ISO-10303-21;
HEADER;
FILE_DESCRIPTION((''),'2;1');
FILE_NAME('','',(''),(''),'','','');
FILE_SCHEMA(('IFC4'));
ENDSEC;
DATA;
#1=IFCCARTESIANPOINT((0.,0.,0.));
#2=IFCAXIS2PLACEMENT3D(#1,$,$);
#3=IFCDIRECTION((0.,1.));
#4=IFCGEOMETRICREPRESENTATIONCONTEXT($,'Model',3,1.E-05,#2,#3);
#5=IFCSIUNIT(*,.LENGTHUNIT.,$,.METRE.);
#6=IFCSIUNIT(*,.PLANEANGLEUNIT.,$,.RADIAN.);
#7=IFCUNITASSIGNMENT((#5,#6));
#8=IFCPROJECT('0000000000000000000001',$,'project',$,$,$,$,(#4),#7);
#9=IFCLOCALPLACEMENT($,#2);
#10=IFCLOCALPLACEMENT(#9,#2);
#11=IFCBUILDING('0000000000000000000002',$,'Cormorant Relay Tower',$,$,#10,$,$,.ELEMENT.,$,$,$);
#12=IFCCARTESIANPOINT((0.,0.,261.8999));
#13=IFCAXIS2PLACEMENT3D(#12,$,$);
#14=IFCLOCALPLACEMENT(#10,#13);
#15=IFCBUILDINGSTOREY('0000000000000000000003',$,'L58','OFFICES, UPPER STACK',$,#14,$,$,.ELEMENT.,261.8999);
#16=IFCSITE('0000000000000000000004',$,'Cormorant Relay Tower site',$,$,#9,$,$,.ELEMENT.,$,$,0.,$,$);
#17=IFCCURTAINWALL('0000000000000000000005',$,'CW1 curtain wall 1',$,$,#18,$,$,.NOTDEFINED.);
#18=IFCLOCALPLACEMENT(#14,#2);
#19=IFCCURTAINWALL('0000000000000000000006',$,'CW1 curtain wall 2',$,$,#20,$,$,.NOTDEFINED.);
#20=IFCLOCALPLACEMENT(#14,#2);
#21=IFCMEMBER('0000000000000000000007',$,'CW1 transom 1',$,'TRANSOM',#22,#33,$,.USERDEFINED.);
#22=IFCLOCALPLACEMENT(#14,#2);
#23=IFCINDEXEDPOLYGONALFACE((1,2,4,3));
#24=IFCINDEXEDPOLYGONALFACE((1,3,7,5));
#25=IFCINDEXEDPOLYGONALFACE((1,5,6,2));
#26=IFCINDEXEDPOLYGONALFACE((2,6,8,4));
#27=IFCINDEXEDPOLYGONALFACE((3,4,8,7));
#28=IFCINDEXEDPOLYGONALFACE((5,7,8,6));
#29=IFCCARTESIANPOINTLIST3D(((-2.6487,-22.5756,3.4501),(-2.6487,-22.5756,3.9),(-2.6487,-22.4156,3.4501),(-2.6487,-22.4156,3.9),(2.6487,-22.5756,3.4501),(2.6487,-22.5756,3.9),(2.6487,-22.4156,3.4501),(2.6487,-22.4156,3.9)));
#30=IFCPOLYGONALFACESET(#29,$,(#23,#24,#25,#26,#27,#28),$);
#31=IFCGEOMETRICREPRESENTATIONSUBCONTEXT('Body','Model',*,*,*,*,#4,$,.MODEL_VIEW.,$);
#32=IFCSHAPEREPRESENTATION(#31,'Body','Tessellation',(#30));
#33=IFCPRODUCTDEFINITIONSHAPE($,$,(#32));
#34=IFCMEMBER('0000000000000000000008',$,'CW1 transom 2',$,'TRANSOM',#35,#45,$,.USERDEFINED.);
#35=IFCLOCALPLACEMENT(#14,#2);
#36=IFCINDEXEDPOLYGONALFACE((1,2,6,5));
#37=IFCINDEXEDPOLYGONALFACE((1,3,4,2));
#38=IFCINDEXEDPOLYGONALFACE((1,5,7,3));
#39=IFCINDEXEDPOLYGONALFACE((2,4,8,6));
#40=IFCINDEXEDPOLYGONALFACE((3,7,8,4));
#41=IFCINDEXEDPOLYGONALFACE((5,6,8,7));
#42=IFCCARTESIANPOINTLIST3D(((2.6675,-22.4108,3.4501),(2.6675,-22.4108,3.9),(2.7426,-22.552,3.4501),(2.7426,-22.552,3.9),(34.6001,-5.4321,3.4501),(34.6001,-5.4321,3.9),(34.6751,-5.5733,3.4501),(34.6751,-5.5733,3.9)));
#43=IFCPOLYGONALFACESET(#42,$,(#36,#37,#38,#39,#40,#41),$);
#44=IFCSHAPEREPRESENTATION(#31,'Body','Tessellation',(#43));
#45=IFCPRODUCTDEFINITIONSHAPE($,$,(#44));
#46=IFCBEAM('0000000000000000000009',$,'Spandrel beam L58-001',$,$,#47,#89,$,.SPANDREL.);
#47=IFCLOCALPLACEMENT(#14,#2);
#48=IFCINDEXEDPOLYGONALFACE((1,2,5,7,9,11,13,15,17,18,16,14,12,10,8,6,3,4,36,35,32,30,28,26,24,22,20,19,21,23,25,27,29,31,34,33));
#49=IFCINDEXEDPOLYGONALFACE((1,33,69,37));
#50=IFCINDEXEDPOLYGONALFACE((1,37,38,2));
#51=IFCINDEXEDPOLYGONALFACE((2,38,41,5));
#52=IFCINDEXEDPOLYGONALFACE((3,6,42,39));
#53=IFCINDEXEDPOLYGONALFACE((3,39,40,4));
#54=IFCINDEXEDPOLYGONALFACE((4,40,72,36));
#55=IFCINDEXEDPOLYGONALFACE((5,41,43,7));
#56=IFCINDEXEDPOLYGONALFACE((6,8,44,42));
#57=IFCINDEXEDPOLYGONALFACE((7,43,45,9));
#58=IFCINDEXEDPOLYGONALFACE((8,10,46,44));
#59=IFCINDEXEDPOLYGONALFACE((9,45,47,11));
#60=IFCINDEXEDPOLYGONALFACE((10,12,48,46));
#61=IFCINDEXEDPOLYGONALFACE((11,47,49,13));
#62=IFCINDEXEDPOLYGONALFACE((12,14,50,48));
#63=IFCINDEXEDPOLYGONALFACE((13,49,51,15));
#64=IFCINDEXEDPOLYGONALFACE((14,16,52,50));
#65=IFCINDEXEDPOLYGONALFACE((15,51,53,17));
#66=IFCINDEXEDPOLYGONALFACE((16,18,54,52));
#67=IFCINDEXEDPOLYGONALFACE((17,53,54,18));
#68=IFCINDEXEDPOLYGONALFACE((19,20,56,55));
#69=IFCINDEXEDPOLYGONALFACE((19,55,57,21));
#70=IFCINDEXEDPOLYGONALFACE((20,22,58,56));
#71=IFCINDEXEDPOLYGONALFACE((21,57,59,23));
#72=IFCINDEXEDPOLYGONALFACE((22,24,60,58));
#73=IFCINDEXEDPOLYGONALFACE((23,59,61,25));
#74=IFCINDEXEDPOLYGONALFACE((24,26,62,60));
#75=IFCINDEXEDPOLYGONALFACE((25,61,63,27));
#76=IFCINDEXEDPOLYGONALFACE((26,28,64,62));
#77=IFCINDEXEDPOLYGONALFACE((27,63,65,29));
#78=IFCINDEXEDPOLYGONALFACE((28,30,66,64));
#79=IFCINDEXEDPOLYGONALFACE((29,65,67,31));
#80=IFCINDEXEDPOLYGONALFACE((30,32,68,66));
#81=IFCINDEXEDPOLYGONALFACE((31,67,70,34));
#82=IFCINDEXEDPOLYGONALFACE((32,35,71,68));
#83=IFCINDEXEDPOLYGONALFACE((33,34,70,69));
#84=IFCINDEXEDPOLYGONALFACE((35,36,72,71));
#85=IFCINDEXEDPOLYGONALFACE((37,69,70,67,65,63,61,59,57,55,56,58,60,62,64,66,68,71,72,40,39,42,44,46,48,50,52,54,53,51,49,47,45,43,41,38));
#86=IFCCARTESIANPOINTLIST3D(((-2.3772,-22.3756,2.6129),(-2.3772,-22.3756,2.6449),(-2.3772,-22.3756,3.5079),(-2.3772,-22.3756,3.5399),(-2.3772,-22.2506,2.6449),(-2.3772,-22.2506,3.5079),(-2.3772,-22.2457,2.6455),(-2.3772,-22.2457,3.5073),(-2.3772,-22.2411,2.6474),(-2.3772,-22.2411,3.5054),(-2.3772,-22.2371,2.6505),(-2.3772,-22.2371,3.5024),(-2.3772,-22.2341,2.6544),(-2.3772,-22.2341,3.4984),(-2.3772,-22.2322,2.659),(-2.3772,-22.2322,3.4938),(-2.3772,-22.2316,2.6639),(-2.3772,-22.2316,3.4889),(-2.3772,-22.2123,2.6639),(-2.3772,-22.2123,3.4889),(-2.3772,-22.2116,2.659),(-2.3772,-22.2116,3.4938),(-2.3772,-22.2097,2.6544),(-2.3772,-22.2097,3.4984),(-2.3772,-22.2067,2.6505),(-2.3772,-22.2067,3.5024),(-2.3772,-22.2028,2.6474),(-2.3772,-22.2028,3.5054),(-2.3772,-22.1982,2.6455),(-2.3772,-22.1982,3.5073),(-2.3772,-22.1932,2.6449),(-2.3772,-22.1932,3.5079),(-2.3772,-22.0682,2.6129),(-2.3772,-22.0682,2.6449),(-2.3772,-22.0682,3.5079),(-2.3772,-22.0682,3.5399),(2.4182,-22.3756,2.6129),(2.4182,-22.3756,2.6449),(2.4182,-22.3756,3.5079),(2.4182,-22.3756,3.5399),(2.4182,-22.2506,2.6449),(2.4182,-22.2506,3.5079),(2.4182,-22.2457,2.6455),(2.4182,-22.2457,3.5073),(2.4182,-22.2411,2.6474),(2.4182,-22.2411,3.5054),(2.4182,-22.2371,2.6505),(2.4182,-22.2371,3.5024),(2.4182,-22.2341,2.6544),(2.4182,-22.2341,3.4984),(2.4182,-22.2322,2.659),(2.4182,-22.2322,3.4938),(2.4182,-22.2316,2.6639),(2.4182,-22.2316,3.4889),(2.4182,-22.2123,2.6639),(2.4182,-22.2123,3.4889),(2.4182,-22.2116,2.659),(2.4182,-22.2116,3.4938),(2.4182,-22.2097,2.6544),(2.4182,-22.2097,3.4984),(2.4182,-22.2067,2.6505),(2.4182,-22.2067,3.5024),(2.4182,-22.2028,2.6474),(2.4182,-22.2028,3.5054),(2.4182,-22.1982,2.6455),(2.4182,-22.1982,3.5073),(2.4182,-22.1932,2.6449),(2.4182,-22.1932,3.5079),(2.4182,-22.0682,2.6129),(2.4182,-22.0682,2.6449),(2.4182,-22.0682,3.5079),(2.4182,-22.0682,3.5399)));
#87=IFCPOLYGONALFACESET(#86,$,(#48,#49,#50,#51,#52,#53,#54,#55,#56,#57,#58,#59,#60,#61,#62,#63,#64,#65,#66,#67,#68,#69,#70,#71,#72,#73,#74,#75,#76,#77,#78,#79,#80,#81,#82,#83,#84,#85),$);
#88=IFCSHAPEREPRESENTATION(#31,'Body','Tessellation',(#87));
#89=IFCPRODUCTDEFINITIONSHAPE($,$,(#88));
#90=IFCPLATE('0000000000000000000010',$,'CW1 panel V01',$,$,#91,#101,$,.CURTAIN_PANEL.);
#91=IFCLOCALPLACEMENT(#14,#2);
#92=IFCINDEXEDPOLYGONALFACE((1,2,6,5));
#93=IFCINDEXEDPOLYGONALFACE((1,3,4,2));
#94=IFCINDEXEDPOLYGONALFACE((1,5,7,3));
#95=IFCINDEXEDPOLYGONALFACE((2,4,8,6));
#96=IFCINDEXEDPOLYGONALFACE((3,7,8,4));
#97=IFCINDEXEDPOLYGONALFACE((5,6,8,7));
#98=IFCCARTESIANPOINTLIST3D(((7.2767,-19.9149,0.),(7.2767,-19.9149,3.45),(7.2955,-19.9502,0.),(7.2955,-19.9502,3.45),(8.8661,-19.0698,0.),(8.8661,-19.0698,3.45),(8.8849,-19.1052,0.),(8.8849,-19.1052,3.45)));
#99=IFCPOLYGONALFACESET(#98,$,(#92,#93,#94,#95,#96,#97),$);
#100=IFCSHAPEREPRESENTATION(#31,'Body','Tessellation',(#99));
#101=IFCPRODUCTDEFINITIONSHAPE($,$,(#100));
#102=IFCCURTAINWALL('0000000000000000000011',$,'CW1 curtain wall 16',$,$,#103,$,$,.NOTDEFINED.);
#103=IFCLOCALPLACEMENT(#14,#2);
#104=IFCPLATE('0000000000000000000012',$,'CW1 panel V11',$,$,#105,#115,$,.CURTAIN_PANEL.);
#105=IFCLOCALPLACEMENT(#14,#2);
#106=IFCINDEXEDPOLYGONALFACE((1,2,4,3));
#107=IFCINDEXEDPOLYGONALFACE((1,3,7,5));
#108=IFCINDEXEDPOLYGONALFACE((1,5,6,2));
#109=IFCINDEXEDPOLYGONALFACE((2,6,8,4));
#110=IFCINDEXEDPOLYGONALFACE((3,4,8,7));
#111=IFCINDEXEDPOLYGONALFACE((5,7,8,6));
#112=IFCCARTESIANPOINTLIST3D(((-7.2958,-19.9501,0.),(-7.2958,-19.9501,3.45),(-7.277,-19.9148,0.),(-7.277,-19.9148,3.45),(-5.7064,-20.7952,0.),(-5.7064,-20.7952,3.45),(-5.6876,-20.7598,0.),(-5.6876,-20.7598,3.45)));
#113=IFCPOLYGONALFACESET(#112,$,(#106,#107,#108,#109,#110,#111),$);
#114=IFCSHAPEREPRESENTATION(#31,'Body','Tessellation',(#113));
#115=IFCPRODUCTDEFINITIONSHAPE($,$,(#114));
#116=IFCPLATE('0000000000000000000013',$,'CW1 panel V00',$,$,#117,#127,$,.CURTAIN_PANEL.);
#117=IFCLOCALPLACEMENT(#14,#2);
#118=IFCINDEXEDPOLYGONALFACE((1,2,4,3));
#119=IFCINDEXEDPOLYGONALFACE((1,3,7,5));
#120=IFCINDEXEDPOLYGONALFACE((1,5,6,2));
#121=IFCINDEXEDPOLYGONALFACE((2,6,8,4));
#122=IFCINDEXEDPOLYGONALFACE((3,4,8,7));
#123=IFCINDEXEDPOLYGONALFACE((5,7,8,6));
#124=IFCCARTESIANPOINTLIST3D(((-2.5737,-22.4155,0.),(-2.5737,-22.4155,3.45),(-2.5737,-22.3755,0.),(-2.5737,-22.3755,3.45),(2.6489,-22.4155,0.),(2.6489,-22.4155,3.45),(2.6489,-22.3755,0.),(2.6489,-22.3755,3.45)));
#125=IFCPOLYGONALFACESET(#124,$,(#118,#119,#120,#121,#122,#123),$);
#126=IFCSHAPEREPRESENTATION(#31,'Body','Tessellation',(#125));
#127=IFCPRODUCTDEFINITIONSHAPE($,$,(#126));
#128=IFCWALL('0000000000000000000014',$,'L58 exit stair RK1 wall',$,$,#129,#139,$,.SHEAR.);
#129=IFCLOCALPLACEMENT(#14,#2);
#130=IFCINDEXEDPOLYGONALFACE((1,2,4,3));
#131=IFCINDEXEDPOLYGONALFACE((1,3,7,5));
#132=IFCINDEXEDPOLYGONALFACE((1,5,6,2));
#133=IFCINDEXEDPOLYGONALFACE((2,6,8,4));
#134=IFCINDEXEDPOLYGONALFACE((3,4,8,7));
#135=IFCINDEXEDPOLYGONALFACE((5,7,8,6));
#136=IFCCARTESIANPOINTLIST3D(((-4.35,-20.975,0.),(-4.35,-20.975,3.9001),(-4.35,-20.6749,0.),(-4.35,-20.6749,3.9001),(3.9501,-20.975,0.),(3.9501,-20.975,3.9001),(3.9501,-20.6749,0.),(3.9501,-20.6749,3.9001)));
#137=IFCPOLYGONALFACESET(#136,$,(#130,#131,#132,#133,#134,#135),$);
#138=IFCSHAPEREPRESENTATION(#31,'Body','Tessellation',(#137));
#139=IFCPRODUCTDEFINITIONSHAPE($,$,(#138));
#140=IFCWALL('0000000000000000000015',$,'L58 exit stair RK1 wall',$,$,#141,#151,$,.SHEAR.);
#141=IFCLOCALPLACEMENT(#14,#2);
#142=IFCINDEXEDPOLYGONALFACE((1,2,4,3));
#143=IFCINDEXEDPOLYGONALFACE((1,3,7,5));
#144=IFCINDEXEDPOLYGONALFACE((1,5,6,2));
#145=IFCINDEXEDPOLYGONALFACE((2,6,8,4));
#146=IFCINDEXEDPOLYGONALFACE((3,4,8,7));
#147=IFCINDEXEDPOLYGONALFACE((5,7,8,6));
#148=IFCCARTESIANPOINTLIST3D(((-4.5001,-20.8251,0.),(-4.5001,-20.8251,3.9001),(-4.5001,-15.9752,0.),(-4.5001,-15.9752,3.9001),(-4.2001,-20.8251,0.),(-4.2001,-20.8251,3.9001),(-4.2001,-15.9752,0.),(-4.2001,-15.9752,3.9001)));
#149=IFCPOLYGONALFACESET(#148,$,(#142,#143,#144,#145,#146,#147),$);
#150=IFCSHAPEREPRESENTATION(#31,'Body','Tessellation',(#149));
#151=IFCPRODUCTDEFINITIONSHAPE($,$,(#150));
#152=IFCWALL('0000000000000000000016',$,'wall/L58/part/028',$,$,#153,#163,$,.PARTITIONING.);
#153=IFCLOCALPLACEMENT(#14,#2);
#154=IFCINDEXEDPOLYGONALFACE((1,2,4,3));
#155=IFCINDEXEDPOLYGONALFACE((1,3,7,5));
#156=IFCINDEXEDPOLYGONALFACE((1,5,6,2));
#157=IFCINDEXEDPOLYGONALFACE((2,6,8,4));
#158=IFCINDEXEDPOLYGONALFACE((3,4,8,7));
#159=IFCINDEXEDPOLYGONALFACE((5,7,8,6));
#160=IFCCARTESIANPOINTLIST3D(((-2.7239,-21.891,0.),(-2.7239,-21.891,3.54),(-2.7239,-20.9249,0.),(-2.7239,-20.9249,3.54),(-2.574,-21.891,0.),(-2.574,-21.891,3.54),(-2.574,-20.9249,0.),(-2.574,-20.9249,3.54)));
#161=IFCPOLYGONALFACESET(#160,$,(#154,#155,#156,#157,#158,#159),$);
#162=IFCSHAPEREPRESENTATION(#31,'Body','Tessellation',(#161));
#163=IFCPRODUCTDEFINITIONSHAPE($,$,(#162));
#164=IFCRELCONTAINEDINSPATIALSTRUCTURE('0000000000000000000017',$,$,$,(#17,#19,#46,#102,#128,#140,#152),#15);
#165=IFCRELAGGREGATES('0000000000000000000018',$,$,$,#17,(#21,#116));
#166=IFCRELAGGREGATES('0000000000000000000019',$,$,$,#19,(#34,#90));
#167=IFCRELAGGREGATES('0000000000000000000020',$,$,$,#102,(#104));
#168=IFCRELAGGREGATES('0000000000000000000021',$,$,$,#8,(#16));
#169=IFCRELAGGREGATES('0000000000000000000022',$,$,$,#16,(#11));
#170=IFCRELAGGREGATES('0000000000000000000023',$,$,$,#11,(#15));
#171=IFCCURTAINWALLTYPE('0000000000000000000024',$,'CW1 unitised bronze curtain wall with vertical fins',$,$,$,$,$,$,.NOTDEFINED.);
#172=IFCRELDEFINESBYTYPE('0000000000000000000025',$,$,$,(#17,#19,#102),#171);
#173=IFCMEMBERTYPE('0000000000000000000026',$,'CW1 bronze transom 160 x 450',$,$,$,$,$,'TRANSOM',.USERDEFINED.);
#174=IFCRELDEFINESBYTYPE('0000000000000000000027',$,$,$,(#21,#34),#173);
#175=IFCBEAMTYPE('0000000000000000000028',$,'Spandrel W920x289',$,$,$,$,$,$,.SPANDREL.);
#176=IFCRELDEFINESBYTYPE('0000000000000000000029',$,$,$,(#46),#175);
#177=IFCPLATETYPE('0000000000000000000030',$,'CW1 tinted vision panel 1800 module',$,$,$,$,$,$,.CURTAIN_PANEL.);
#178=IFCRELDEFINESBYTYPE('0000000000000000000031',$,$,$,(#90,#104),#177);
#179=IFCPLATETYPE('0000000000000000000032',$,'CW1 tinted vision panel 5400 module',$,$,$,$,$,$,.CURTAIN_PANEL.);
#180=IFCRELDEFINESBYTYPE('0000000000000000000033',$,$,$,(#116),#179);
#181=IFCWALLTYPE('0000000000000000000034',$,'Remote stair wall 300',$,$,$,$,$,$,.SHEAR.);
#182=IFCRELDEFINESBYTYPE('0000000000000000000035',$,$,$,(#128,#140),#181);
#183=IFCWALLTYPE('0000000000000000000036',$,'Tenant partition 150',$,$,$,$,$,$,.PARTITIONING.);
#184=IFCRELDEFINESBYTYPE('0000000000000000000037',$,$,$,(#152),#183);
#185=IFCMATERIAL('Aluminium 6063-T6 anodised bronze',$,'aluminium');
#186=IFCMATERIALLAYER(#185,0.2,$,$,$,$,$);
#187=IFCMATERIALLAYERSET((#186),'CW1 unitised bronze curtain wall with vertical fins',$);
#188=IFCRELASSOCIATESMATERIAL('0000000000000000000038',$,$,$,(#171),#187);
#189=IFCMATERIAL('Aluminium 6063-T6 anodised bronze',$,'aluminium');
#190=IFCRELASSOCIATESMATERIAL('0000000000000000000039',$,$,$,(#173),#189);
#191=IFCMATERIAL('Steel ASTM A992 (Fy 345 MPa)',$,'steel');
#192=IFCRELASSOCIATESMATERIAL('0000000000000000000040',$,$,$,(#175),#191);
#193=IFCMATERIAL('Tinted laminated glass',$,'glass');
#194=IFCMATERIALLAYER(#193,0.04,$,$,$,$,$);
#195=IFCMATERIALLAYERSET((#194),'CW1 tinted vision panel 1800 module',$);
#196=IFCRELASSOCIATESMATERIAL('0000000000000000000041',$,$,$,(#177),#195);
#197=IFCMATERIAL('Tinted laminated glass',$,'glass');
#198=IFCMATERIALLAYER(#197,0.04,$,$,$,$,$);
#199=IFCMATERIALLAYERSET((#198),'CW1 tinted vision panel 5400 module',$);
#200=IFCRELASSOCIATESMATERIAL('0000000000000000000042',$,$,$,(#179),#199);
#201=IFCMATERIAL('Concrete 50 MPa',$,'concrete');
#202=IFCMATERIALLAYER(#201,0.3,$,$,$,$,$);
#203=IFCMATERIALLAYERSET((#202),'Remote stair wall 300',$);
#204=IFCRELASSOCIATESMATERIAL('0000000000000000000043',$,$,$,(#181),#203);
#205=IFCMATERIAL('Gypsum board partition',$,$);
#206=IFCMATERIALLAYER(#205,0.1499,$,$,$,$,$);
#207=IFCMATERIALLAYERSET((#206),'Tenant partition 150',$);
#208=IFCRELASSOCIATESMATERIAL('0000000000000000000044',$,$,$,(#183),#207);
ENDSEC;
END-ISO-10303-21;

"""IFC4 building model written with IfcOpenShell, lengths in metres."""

from ifc_helpers import new_model, si_unit, direction, frame, frame_2d, origin, origin_2d, place, context, subcontext, project, spatial, rectangle, i_section, extrude, material, layer, layer_set, material_profile, profile_set, type_object, element, aggregate, save


model = new_model("IFC4")

# Units and contexts
model_context = context("Model", 3, precision=1e-05, world=origin(), true_north=direction((0.0, 1.0)))
body_context = subcontext(model_context, "Body", "Model", "MODEL_VIEW")
ifc_project = project(units=[si_unit("LENGTHUNIT", "METRE"), si_unit("PLANEANGLEUNIT", "RADIAN")], contexts=[model_context])

# Site, building, storey
site_placement = place(None, origin())
site = spatial("IfcSite", under=ifc_project, at=site_placement, Name="Cormorant Relay Tower site", CompositionType="ELEMENT", RefElevation=0.0)
building_placement = place(site_placement, origin())
building = spatial("IfcBuilding", under=site, at=building_placement, Name="Cormorant Relay Tower", CompositionType="ELEMENT")
storey_placement = place(building_placement, frame((0.0, 0.0, 261.8999)))
storey = spatial("IfcBuildingStorey", under=building, at=storey_placement, Name="L58", Description="OFFICES, UPPER STACK", CompositionType="ELEMENT", Elevation=261.8999)

# Curtain wall
ifc_material_1 = material(Name="Aluminium 6063-T6 anodised bronze", Category="aluminium")
ifc_layer_1 = layer(ifc_material_1, 0.2)
ifc_layer_set_1 = layer_set([ifc_layer_1], Name="CW1 unitised bronze curtain wall with vertical fins")
curtain_wall_type = type_object("IfcCurtainWallType", Name="CW1 unitised bronze curtain wall with vertical fins", PredefinedType="NOTDEFINED", material=ifc_layer_set_1)
curtain_wall_1_placement = place(storey_placement, origin())
curtain_wall_1 = element("IfcCurtainWall", 1, at=curtain_wall_1_placement, inside=storey, type_object=curtain_wall_type, Name="CW1 curtain wall 1", PredefinedType="NOTDEFINED")

# Curtain wall
curtain_wall_2_placement = place(storey_placement, origin())
curtain_wall_2 = element("IfcCurtainWall", 2, at=curtain_wall_2_placement, inside=storey, type_object=curtain_wall_type, Name="CW1 curtain wall 2", PredefinedType="NOTDEFINED")

# Members
ifc_material_2 = material(Name="Aluminium 6063-T6 anodised bronze", Category="aluminium")
ifc_material_profile_1 = material_profile(ifc_material_2, rectangle(XDim=0.1599, YDim=0.45, at=origin_2d()), Name="AL 160x450")
ifc_profile_set_1 = profile_set([ifc_material_profile_1], Name="Aluminium 6063-T6 anodised bronze")
member_type_1 = type_object("IfcMemberType", Name="CW1 bronze transom 160 x 450", ElementType="TRANSOM", PredefinedType="USERDEFINED", material=ifc_profile_set_1)
member_1_placement = place(storey_placement, frame((-2.6487, -22.4956, 3.675), z_axis=(1.0, 0.0, 0.0), x_axis=(0.0, 1.0, 0.0)))
member_1 = element("IfcMember", 3, at=member_1_placement, type_object=member_type_1, Name="CW1 transom 1", ObjectType="TRANSOM", PredefinedType="USERDEFINED", context=body_context, shape_type="SweptSolid", body=[
    extrude(rectangle(XDim=0.1599, YDim=0.45, at=origin_2d()), origin(), (0.0, 0.0, 1.0), 5.2974),
])
member_2_placement = place(storey_placement, frame((2.7051, -22.4814, 3.675), z_axis=(0.882949, 0.469469, 0.0), x_axis=(-0.469469, 0.882949, 0.0)))
member_2 = element("IfcMember", 4, at=member_2_placement, type_object=member_type_1, Name="CW1 transom 2", ObjectType="TRANSOM", PredefinedType="USERDEFINED", context=body_context, shape_type="SweptSolid", body=[
    extrude(rectangle(XDim=0.1599, YDim=0.45, at=origin_2d()), origin(), (0.0, 0.0, 1.0), 36.1658),
])

# Beam
ifc_material_3 = material(Name="Steel ASTM A992 (Fy 345 MPa)", Category="steel")
ifc_material_profile_2 = material_profile(ifc_material_3, i_section(OverallWidth=0.3074, OverallDepth=0.927, WebThickness=0.0193, FlangeThickness=0.032, FilletRadius=0.019, at=origin_2d()), Name="W920x289")
ifc_profile_set_2 = profile_set([ifc_material_profile_2], Name="Steel ASTM A992 (Fy 345 MPa)")
beam_type = type_object("IfcBeamType", Name="Spandrel W920x289", PredefinedType="SPANDREL", material=ifc_profile_set_2)
beam_placement = place(storey_placement, frame((-2.3772, -22.2219, 3.0764), z_axis=(1.0, 0.0, 0.0), x_axis=(0.0, 1.0, 0.0)))
element("IfcBeam", 5, at=beam_placement, inside=storey, type_object=beam_type, Name="Spandrel beam L58-001", PredefinedType="SPANDREL", context=body_context, shape_type="SweptSolid", body=[
    extrude(i_section(OverallWidth=0.3074, OverallDepth=0.927, WebThickness=0.0193, FlangeThickness=0.032, FilletRadius=0.019, at=origin_2d()), origin(), (0.0, 0.0, 1.0), 4.7954),
])

# Plate
ifc_material_4 = material(Name="Tinted laminated glass", Category="glass")
ifc_layer_2 = layer(ifc_material_4, 0.04)
ifc_layer_set_2 = layer_set([ifc_layer_2], Name="CW1 tinted vision panel 1800 module")
plate_type_1 = type_object("IfcPlateType", Name="CW1 tinted vision panel 1800 module", PredefinedType="CURTAIN_PANEL", material=ifc_layer_set_2)
plate_1_placement = place(storey_placement, frame((8.0808, -19.51, 0.0), z_axis=(0.0, 0.0, 1.0), x_axis=(0.882948, 0.469472, 0.0)))
plate_1 = element("IfcPlate", 6, at=plate_1_placement, type_object=plate_type_1, Name="CW1 panel V01", PredefinedType="CURTAIN_PANEL", context=body_context, shape_type="SweptSolid", body=[
    extrude(rectangle(XDim=1.8, YDim=0.04, at=origin_2d()), origin(), (0.0, 0.0, 1.0), 3.45),
])

# Curtain wall, plate
curtain_wall_3_placement = place(storey_placement, origin())
curtain_wall_3 = element("IfcCurtainWall", 7, at=curtain_wall_3_placement, inside=storey, type_object=curtain_wall_type, Name="CW1 curtain wall 16", PredefinedType="NOTDEFINED")
plate_2_placement = place(storey_placement, frame((-6.4917, -20.355, 0.0), z_axis=(0.0, 0.0, 1.0), x_axis=(0.882948, -0.469472, 0.0)))
plate_2 = element("IfcPlate", 8, at=plate_2_placement, type_object=plate_type_1, Name="CW1 panel V11", PredefinedType="CURTAIN_PANEL", context=body_context, shape_type="SweptSolid", body=[
    extrude(rectangle(XDim=1.8, YDim=0.04, at=origin_2d()), origin(), (0.0, 0.0, 1.0), 3.45),
])

# Plate
ifc_material_5 = material(Name="Tinted laminated glass", Category="glass")
ifc_layer_3 = layer(ifc_material_5, 0.04)
ifc_layer_set_3 = layer_set([ifc_layer_3], Name="CW1 tinted vision panel 5400 module")
plate_type_2 = type_object("IfcPlateType", Name="CW1 tinted vision panel 5400 module", PredefinedType="CURTAIN_PANEL", material=ifc_layer_set_3)
plate_3_placement = place(storey_placement, frame((0.0376, -22.3955, 0.0), z_axis=(0.0, 0.0, 1.0), x_axis=(1.0, 0.0, 0.0)))
plate_3 = element("IfcPlate", 9, at=plate_3_placement, type_object=plate_type_2, Name="CW1 panel V00", PredefinedType="CURTAIN_PANEL", context=body_context, shape_type="SweptSolid", body=[
    extrude(rectangle(XDim=5.2227, YDim=0.04, at=origin_2d()), origin(), (0.0, 0.0, 1.0), 3.45),
])
aggregate(curtain_wall_1, [member_1, plate_3])

# Walls
ifc_material_6 = material(Name="Concrete 50 MPa", Category="concrete")
ifc_layer_4 = layer(ifc_material_6, 0.3)
ifc_layer_set_4 = layer_set([ifc_layer_4], Name="Remote stair wall 300")
wall_type_1 = type_object("IfcWallType", Name="Remote stair wall 300", PredefinedType="SHEAR", material=ifc_layer_set_4)
wall_1_placement = place(storey_placement, frame((3.95, -20.825, 0.0), z_axis=(0.0, 0.0, 1.0), x_axis=(-1.0, 0.0, 0.0)))
element("IfcWall", 10, at=wall_1_placement, inside=storey, type_object=wall_type_1, Name="L58 exit stair RK1 wall", PredefinedType="SHEAR", context=body_context, shape_type="SweptSolid", body=[
    extrude(rectangle(XDim=8.3, YDim=0.3, at=frame_2d((4.1499, 0.0))), origin(), (0.0, 0.0, 1.0), 3.9001),
])
wall_2_placement = place(storey_placement, frame((-4.3501, -20.825, 0.0), z_axis=(0.0, 0.0, 1.0), x_axis=(0.0, 1.0, 0.0)))
element("IfcWall", 11, at=wall_2_placement, inside=storey, type_object=wall_type_1, Name="L58 exit stair RK1 wall", PredefinedType="SHEAR", context=body_context, shape_type="SweptSolid", body=[
    extrude(rectangle(XDim=4.8499, YDim=0.3, at=frame_2d((2.4248, 0.0))), origin(), (0.0, 0.0, 1.0), 3.9001),
])
ifc_material_7 = material(Name="Gypsum board partition")
ifc_layer_5 = layer(ifc_material_7, 0.1499)
ifc_layer_set_5 = layer_set([ifc_layer_5], Name="Tenant partition 150")
wall_type_2 = type_object("IfcWallType", Name="Tenant partition 150", PredefinedType="PARTITIONING", material=ifc_layer_set_5)
wall_3_placement = place(storey_placement, frame((-2.6489, -20.925, 0.0), z_axis=(0.0, 0.0, 1.0), x_axis=(0.0, -1.0, 0.0)))
element("IfcWall", 12, at=wall_3_placement, inside=storey, type_object=wall_type_2, Name="wall/L58/part/028", PredefinedType="PARTITIONING", context=body_context, shape_type="SweptSolid", body=[
    extrude(rectangle(XDim=0.9661, YDim=0.1499, at=frame_2d((0.4829, 0.0))), origin(), (0.0, 0.0, 1.0), 3.54),
])

aggregate(curtain_wall_2, [member_2, plate_1])
aggregate(curtain_wall_3, [plate_2])

save(model, "model.ifc")
